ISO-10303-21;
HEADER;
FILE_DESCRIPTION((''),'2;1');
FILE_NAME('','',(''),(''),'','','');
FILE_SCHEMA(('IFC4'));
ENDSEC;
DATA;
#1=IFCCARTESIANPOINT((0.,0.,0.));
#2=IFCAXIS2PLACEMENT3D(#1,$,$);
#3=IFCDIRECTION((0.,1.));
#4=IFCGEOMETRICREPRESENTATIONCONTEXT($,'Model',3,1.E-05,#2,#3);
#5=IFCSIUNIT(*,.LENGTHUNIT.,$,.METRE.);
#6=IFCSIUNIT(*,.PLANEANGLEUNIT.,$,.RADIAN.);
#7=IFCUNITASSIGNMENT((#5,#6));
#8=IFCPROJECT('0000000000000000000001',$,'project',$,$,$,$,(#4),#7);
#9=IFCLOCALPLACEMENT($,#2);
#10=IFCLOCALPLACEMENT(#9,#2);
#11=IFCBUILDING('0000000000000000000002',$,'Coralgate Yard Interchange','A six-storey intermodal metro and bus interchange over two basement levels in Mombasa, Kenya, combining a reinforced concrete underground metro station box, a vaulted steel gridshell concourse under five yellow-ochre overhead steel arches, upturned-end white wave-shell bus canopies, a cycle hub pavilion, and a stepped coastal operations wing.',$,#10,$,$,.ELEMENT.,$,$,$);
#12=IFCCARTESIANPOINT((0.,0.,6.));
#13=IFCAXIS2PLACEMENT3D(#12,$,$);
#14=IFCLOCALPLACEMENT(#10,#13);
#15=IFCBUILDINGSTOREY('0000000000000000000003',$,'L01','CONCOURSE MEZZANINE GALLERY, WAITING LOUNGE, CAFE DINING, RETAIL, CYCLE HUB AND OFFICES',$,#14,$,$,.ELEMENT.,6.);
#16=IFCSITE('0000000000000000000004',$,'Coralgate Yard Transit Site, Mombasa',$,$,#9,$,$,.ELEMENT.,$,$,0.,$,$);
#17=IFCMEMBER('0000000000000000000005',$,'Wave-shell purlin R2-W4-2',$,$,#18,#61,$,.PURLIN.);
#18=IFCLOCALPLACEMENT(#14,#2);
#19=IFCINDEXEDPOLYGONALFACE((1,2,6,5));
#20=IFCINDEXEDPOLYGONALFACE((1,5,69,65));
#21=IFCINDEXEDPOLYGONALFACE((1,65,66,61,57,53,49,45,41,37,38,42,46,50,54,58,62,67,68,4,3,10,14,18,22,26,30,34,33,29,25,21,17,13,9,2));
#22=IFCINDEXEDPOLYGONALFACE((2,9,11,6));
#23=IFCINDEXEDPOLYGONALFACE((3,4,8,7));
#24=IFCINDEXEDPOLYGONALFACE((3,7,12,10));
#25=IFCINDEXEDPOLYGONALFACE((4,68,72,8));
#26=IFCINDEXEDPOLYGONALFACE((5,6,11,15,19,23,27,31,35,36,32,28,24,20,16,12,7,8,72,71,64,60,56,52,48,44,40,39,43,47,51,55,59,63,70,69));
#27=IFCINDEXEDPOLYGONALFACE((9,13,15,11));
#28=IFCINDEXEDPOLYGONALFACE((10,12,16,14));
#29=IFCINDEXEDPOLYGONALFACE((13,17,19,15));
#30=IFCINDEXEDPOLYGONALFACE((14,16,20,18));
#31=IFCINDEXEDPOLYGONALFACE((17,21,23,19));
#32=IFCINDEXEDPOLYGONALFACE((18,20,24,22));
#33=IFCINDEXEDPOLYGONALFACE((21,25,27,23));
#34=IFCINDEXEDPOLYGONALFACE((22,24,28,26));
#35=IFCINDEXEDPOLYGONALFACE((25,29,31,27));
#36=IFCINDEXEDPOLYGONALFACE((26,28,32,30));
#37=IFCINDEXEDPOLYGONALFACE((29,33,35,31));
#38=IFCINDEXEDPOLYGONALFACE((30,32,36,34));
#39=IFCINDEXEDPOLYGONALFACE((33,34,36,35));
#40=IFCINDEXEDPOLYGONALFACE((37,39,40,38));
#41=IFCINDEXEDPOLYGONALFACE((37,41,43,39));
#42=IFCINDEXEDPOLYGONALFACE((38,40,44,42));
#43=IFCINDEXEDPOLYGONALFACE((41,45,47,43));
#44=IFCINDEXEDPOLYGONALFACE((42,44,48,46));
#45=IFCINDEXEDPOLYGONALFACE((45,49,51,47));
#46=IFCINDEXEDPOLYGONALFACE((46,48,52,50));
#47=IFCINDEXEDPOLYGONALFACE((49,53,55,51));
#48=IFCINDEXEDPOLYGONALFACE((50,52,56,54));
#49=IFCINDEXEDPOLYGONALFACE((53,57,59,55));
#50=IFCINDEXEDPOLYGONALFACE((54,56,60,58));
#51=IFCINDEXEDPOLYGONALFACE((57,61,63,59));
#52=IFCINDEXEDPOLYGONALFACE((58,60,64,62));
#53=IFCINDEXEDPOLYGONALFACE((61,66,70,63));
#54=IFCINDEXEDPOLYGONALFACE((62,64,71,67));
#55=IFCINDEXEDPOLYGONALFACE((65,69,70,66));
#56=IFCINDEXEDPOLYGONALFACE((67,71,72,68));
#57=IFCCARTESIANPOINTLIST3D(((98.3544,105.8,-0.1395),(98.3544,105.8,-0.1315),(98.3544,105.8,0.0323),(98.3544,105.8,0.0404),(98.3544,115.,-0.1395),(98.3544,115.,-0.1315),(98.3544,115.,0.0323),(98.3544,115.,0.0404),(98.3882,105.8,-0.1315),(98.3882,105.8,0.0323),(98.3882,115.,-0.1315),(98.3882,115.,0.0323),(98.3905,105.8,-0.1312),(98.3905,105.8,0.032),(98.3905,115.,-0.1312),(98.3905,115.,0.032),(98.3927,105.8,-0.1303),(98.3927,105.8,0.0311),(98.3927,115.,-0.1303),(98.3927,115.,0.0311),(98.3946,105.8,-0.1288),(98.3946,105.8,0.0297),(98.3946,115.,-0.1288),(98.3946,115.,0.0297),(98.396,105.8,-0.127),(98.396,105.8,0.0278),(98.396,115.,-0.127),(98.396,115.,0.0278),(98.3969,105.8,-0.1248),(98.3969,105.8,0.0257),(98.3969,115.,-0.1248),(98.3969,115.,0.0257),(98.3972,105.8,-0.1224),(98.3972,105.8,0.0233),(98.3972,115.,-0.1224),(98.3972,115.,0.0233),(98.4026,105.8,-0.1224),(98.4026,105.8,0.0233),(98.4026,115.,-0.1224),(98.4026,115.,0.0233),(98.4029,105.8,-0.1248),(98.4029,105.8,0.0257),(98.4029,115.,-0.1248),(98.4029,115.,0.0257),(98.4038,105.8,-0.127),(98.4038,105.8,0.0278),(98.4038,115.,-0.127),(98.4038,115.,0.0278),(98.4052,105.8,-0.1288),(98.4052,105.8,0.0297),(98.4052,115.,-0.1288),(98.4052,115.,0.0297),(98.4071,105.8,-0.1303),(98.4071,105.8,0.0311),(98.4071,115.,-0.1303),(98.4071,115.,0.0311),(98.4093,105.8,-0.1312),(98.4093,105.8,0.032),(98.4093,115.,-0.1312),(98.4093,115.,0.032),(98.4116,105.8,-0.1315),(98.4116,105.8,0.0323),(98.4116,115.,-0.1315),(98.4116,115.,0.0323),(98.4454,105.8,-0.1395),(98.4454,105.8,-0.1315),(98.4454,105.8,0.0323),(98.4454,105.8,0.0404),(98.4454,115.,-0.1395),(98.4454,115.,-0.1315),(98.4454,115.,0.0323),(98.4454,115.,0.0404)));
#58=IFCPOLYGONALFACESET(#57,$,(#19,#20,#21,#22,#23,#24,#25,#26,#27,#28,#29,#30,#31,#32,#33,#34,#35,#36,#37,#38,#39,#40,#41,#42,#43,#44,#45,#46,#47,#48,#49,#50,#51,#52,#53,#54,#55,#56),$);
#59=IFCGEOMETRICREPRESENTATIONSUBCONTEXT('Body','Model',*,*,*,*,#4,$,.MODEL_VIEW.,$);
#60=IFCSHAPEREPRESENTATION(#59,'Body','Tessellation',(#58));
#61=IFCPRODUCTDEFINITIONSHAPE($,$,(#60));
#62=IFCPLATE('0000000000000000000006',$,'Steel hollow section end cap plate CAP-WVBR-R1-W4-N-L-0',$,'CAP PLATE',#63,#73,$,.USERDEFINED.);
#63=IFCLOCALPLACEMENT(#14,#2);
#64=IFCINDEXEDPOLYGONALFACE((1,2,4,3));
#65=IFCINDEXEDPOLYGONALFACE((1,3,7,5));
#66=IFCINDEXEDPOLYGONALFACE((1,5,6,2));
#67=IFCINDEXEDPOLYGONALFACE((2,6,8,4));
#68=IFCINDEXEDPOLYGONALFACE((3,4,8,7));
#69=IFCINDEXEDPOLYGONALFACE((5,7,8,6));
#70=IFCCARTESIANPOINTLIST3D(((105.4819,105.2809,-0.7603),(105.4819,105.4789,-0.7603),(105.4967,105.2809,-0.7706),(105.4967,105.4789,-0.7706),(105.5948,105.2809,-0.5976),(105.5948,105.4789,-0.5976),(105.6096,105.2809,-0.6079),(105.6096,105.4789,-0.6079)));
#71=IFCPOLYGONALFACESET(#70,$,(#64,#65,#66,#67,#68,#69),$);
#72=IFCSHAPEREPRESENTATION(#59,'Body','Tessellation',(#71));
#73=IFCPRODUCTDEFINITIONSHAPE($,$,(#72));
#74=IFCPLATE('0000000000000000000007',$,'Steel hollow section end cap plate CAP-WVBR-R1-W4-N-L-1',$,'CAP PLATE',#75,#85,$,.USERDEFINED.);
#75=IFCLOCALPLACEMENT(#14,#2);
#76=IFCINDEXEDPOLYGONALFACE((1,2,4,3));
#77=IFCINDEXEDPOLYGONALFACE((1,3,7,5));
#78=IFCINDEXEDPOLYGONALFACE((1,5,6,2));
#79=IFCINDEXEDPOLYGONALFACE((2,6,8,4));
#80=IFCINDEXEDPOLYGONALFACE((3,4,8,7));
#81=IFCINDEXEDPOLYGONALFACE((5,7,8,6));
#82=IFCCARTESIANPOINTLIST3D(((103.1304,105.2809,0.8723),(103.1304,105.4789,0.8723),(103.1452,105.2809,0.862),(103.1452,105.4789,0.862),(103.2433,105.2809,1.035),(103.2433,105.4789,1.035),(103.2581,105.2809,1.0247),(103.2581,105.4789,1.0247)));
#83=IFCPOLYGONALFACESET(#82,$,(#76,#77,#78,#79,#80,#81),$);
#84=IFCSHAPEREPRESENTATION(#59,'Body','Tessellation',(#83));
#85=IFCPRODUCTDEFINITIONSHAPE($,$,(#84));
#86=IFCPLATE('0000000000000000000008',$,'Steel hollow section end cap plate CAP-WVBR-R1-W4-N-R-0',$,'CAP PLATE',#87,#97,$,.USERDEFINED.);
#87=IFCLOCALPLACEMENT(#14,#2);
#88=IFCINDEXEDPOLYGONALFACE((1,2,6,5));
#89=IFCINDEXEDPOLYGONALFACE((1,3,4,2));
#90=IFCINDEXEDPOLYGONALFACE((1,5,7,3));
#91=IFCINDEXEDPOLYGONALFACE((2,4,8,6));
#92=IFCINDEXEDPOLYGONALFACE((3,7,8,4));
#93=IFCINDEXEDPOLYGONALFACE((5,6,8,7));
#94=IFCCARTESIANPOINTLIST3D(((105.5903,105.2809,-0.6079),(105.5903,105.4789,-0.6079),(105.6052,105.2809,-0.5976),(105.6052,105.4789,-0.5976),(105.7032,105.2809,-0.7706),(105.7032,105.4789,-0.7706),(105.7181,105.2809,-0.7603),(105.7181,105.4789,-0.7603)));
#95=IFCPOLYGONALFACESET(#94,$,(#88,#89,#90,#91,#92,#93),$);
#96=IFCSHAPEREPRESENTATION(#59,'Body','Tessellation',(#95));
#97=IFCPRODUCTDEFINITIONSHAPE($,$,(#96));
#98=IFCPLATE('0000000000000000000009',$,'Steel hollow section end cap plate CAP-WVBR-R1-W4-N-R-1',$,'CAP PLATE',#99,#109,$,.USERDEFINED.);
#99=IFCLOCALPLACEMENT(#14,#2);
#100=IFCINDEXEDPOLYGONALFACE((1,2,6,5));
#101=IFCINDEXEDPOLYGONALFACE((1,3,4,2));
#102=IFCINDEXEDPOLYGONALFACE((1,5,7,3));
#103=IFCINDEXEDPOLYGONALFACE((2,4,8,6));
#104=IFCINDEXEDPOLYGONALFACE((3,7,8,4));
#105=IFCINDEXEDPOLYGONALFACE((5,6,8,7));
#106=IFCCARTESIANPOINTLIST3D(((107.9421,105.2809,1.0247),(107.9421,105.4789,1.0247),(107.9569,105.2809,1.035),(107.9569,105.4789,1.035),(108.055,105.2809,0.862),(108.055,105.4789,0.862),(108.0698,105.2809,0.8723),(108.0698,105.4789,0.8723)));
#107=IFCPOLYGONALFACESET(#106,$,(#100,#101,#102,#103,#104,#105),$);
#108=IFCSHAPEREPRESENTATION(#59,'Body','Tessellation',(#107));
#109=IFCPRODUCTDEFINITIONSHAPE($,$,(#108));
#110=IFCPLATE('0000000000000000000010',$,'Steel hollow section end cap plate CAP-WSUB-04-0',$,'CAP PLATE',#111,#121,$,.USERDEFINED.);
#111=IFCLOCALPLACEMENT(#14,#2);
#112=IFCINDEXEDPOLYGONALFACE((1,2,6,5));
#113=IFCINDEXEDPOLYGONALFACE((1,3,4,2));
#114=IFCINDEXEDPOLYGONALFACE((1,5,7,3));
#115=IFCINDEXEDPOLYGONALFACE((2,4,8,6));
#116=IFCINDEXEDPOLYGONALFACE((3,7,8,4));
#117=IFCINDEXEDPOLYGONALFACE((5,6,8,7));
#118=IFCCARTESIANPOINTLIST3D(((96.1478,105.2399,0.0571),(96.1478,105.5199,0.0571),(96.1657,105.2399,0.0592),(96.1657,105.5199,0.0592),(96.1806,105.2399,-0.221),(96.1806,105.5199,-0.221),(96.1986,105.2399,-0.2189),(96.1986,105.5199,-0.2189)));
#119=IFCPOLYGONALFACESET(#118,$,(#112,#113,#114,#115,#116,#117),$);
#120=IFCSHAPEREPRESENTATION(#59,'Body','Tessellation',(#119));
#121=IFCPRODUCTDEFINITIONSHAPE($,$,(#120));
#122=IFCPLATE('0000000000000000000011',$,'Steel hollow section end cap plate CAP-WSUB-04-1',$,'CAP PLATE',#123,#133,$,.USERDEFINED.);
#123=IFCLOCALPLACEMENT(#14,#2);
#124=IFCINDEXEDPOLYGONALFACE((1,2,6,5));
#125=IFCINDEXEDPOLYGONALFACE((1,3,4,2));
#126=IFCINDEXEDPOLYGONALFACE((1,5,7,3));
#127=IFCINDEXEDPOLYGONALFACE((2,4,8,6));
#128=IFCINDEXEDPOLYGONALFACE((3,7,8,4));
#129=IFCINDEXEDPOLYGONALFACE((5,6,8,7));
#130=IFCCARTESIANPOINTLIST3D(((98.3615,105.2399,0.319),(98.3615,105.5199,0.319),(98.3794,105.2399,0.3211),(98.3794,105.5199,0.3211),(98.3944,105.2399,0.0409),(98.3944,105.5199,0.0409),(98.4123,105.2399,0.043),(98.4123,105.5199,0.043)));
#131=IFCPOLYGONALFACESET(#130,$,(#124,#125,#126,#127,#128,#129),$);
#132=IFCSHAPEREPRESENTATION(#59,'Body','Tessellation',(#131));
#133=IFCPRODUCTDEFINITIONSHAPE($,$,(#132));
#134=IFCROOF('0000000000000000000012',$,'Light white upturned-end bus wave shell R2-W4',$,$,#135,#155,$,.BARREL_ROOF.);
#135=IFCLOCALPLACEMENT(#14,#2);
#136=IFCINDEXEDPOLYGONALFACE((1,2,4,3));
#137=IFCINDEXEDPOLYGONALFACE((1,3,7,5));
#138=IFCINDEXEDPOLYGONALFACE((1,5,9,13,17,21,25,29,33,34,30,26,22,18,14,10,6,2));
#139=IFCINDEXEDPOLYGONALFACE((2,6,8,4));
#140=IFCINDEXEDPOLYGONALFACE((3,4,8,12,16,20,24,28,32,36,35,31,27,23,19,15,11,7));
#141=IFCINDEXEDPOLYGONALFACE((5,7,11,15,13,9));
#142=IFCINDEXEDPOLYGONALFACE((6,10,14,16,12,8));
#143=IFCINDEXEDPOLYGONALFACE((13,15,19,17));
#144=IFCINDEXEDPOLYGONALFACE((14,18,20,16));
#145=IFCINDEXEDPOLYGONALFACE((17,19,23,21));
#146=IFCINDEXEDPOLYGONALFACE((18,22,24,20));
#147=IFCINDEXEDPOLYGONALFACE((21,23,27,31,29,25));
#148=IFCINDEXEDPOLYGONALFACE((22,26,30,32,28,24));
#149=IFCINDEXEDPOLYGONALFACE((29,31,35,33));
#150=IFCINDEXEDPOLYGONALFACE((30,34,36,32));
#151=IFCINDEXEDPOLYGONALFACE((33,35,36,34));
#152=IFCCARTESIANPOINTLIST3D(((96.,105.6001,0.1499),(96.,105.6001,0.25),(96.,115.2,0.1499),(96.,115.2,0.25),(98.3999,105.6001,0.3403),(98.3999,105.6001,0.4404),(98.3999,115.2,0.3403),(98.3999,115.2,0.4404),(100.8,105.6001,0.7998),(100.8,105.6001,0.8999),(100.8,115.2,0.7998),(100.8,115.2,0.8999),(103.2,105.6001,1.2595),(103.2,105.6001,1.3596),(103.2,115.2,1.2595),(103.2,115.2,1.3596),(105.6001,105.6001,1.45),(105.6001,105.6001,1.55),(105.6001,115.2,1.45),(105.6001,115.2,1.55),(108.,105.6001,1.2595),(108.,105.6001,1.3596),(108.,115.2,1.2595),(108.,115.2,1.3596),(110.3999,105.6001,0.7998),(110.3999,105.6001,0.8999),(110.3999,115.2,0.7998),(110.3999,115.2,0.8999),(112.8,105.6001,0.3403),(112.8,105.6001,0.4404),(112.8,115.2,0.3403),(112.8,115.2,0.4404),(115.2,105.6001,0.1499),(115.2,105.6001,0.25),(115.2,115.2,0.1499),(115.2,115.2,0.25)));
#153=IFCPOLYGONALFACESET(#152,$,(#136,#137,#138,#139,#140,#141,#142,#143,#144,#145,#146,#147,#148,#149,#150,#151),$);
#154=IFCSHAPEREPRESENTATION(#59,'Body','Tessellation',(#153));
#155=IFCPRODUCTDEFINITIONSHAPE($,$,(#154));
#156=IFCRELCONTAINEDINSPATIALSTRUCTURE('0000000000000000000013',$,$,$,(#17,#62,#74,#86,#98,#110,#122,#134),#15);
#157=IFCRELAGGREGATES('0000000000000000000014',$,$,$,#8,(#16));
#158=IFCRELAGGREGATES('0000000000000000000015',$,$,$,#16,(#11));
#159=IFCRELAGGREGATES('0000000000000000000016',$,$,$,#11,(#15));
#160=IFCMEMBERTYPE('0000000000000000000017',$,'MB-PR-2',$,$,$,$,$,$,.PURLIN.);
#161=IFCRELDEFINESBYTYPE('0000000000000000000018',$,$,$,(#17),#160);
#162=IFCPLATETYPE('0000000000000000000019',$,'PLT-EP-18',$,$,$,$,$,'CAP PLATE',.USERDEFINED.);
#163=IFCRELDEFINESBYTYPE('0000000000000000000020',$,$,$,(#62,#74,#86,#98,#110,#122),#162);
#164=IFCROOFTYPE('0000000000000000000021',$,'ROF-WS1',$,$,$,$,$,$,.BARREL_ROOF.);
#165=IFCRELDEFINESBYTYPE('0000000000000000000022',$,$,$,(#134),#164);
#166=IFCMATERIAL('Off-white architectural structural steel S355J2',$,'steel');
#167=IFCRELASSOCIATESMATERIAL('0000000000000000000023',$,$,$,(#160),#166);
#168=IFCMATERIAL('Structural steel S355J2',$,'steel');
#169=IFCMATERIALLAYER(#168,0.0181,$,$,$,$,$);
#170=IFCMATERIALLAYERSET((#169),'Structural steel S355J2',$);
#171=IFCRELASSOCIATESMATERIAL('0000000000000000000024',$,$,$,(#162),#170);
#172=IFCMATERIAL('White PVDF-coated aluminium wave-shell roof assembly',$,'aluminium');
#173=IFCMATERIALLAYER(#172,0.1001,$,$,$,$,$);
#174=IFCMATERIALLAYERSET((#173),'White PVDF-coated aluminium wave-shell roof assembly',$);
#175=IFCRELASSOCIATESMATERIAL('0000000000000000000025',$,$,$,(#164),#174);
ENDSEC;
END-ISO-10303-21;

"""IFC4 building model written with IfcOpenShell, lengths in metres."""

from ifc_helpers import new_model, si_unit, direction, frame, origin, origin_2d, place, context, subcontext, project, spatial, polyline, rectangle, i_section, outline, extrude, material, layer, layer_set, material_profile, profile_set, type_object, element, save


model = new_model("IFC4")

# Units and contexts
model_context = context("Model", 3, precision=1e-05, world=origin(), true_north=direction((0.0, 1.0)))
body_context = subcontext(model_context, "Body", "Model", "MODEL_VIEW")
ifc_project = project(units=[si_unit("LENGTHUNIT", "METRE"), si_unit("PLANEANGLEUNIT", "RADIAN")], contexts=[model_context])

# Site, building, storey
site_placement = place(None, origin())
site = spatial("IfcSite", under=ifc_project, at=site_placement, Name="Coralgate Yard Transit Site, Mombasa", CompositionType="ELEMENT", RefElevation=0.0)
building_placement = place(site_placement, origin())
building = spatial("IfcBuilding", under=site, at=building_placement, Name="Coralgate Yard Interchange", Description="A six-storey intermodal metro and bus interchange over two basement levels in Mombasa, Kenya, combining a reinforced concrete underground metro station box, a vaulted steel gridshell concourse under five yellow-ochre overhead steel arches, upturned-end white wave-shell bus canopies, a cycle hub pavilion, and a stepped coastal operations wing.", CompositionType="ELEMENT")
storey_placement = place(building_placement, frame((0.0, 0.0, 6.0)))
storey = spatial("IfcBuildingStorey", under=building, at=storey_placement, Name="L01", Description="CONCOURSE MEZZANINE GALLERY, WAITING LOUNGE, CAFE DINING, RETAIL, CYCLE HUB AND OFFICES", CompositionType="ELEMENT", Elevation=6.0)

# Shared definitions
ifc_material_1 = material(Name="Off-white architectural structural steel S355J2", Category="steel")

# Member
ifc_material_profile_1 = material_profile(ifc_material_1, i_section(OverallWidth=0.0911, OverallDepth=0.1799, WebThickness=0.0054, FlangeThickness=0.0081, FilletRadius=0.009, at=origin_2d()), Name="IPE 180")
ifc_profile_set_1 = profile_set([ifc_material_profile_1], Name="Off-white architectural structural steel S355J2")
member_type_1 = type_object("IfcMemberType", Name="MB-PR-2", PredefinedType="PURLIN", material=ifc_profile_set_1)
for number, where, z_axis, x_axis, name in (
    (1, (98.3999, 105.8, -0.0496), (0.0, 1.0, 0.0), (-1.0, 0.0, 0.0), "Wave-shell purlin R2-W4-2"),
):
    element("IfcMember", number, at=place(storey_placement, frame(where, z_axis=z_axis, x_axis=x_axis)), inside=storey, type_object=member_type_1, Name=name, PredefinedType="PURLIN", context=body_context, shape_type="SweptSolid", body=[
        extrude(i_section(OverallWidth=0.0911, OverallDepth=0.1799, WebThickness=0.0054, FlangeThickness=0.0081, FilletRadius=0.009, at=origin_2d()), origin(), (0.0, 0.0, 1.0), 9.2),
    ])

# Plates
ifc_material_2 = material(Name="Structural steel S355J2", Category="steel")
ifc_layer_1 = layer(ifc_material_2, 0.0181)
ifc_layer_set_1 = layer_set([ifc_layer_1], Name="Structural steel S355J2")
plate_type = type_object("IfcPlateType", Name="PLT-EP-18", ElementType="CAP PLATE", PredefinedType="USERDEFINED", material=ifc_layer_set_1)
for number, where, z_axis, x_axis, name in (
    (2, (105.5383, 105.3799, -0.679), (0.821436, 0.0, -0.570301), (0.0, 1.0, 0.0), "Steel hollow section end cap plate CAP-WVBR-R1-W4-N-L-0"),
    (3, (103.2017, 105.3799, 0.9434), (-0.821436, 0.0, 0.570301), (0.0, -1.0, 0.0), "Steel hollow section end cap plate CAP-WVBR-R1-W4-N-L-1"),
    (4, (105.6616, 105.3799, -0.679), (-0.821436, 0.0, -0.570301), (0.0, -1.0, 0.0), "Steel hollow section end cap plate CAP-WVBR-R1-W4-N-R-0"),
    (5, (107.9985, 105.3799, 0.9434), (0.821436, 0.0, 0.570301), (0.0, 1.0, 0.0), "Steel hollow section end cap plate CAP-WVBR-R1-W4-N-R-1"),
):
    element("IfcPlate", number, at=place(storey_placement, frame(where, z_axis=z_axis, x_axis=x_axis)), inside=storey, type_object=plate_type, Name=name, ObjectType="CAP PLATE", PredefinedType="USERDEFINED", context=body_context, shape_type="SweptSolid", body=[
        extrude(rectangle(XDim=0.198, YDim=0.198, at=origin_2d()), origin(), (0.0, 0.0, 1.0), 0.0181),
    ])
for number, where, z_axis, x_axis, name in (
    (6, (96.1821, 105.3799, -0.0798), (-0.993089, 0.0, -0.117365), (0.0, -1.0, 0.0), "Steel hollow section end cap plate CAP-WSUB-04-0"),
    (7, (98.3779, 105.3799, 0.1799), (0.993089, 0.0, 0.117365), (0.0, 1.0, 0.0), "Steel hollow section end cap plate CAP-WSUB-04-1"),
):
    element("IfcPlate", number, at=place(storey_placement, frame(where, z_axis=z_axis, x_axis=x_axis)), inside=storey, type_object=plate_type, Name=name, ObjectType="CAP PLATE", PredefinedType="USERDEFINED", context=body_context, shape_type="SweptSolid", body=[
        extrude(rectangle(XDim=0.28, YDim=0.28, at=origin_2d()), origin(), (0.0, 0.0, 1.0), 0.0181),
    ])

# Roof
ifc_material_3 = material(Name="White PVDF-coated aluminium wave-shell roof assembly", Category="aluminium")
ifc_layer_2 = layer(ifc_material_3, 0.1001)
ifc_layer_set_2 = layer_set([ifc_layer_2], Name="White PVDF-coated aluminium wave-shell roof assembly")
roof_type = type_object("IfcRoofType", Name="ROF-WS1", PredefinedType="BARREL_ROOF", material=ifc_layer_set_2)
roof_placement = place(storey_placement, frame((96.0, 105.6001, 0.25), z_axis=(0.0, 1.0, 0.0), x_axis=(-1.0, 0.0, 0.0)))
element("IfcRoof", 8, at=roof_placement, inside=storey, type_object=roof_type, Name="Light white upturned-end bus wave shell R2-W4", PredefinedType="BARREL_ROOF", context=body_context, shape_type="SweptSolid", body=[
    extrude(outline(polyline([(0.0, 0.0), (-2.3999, 0.1904), (-4.8, 0.6499), (-7.2, 1.1096), (-9.6001, 1.3), (-12.0, 1.1096), (-14.3999, 0.6499), (-16.8, 0.1904), (-19.2, 0.0), (-19.2, -0.1001), (-16.8, 0.0903), (-14.3999, 0.5498), (-12.0, 1.0095), (-9.6001, 1.2), (-7.2, 1.0095), (-4.8, 0.5498), (-2.3999, 0.0903), (0.0, -0.1001), (0.0, 0.0)])), origin(), (0.0, 0.0, 1.0), 9.5999),
])

save(model, "model.ifc")
